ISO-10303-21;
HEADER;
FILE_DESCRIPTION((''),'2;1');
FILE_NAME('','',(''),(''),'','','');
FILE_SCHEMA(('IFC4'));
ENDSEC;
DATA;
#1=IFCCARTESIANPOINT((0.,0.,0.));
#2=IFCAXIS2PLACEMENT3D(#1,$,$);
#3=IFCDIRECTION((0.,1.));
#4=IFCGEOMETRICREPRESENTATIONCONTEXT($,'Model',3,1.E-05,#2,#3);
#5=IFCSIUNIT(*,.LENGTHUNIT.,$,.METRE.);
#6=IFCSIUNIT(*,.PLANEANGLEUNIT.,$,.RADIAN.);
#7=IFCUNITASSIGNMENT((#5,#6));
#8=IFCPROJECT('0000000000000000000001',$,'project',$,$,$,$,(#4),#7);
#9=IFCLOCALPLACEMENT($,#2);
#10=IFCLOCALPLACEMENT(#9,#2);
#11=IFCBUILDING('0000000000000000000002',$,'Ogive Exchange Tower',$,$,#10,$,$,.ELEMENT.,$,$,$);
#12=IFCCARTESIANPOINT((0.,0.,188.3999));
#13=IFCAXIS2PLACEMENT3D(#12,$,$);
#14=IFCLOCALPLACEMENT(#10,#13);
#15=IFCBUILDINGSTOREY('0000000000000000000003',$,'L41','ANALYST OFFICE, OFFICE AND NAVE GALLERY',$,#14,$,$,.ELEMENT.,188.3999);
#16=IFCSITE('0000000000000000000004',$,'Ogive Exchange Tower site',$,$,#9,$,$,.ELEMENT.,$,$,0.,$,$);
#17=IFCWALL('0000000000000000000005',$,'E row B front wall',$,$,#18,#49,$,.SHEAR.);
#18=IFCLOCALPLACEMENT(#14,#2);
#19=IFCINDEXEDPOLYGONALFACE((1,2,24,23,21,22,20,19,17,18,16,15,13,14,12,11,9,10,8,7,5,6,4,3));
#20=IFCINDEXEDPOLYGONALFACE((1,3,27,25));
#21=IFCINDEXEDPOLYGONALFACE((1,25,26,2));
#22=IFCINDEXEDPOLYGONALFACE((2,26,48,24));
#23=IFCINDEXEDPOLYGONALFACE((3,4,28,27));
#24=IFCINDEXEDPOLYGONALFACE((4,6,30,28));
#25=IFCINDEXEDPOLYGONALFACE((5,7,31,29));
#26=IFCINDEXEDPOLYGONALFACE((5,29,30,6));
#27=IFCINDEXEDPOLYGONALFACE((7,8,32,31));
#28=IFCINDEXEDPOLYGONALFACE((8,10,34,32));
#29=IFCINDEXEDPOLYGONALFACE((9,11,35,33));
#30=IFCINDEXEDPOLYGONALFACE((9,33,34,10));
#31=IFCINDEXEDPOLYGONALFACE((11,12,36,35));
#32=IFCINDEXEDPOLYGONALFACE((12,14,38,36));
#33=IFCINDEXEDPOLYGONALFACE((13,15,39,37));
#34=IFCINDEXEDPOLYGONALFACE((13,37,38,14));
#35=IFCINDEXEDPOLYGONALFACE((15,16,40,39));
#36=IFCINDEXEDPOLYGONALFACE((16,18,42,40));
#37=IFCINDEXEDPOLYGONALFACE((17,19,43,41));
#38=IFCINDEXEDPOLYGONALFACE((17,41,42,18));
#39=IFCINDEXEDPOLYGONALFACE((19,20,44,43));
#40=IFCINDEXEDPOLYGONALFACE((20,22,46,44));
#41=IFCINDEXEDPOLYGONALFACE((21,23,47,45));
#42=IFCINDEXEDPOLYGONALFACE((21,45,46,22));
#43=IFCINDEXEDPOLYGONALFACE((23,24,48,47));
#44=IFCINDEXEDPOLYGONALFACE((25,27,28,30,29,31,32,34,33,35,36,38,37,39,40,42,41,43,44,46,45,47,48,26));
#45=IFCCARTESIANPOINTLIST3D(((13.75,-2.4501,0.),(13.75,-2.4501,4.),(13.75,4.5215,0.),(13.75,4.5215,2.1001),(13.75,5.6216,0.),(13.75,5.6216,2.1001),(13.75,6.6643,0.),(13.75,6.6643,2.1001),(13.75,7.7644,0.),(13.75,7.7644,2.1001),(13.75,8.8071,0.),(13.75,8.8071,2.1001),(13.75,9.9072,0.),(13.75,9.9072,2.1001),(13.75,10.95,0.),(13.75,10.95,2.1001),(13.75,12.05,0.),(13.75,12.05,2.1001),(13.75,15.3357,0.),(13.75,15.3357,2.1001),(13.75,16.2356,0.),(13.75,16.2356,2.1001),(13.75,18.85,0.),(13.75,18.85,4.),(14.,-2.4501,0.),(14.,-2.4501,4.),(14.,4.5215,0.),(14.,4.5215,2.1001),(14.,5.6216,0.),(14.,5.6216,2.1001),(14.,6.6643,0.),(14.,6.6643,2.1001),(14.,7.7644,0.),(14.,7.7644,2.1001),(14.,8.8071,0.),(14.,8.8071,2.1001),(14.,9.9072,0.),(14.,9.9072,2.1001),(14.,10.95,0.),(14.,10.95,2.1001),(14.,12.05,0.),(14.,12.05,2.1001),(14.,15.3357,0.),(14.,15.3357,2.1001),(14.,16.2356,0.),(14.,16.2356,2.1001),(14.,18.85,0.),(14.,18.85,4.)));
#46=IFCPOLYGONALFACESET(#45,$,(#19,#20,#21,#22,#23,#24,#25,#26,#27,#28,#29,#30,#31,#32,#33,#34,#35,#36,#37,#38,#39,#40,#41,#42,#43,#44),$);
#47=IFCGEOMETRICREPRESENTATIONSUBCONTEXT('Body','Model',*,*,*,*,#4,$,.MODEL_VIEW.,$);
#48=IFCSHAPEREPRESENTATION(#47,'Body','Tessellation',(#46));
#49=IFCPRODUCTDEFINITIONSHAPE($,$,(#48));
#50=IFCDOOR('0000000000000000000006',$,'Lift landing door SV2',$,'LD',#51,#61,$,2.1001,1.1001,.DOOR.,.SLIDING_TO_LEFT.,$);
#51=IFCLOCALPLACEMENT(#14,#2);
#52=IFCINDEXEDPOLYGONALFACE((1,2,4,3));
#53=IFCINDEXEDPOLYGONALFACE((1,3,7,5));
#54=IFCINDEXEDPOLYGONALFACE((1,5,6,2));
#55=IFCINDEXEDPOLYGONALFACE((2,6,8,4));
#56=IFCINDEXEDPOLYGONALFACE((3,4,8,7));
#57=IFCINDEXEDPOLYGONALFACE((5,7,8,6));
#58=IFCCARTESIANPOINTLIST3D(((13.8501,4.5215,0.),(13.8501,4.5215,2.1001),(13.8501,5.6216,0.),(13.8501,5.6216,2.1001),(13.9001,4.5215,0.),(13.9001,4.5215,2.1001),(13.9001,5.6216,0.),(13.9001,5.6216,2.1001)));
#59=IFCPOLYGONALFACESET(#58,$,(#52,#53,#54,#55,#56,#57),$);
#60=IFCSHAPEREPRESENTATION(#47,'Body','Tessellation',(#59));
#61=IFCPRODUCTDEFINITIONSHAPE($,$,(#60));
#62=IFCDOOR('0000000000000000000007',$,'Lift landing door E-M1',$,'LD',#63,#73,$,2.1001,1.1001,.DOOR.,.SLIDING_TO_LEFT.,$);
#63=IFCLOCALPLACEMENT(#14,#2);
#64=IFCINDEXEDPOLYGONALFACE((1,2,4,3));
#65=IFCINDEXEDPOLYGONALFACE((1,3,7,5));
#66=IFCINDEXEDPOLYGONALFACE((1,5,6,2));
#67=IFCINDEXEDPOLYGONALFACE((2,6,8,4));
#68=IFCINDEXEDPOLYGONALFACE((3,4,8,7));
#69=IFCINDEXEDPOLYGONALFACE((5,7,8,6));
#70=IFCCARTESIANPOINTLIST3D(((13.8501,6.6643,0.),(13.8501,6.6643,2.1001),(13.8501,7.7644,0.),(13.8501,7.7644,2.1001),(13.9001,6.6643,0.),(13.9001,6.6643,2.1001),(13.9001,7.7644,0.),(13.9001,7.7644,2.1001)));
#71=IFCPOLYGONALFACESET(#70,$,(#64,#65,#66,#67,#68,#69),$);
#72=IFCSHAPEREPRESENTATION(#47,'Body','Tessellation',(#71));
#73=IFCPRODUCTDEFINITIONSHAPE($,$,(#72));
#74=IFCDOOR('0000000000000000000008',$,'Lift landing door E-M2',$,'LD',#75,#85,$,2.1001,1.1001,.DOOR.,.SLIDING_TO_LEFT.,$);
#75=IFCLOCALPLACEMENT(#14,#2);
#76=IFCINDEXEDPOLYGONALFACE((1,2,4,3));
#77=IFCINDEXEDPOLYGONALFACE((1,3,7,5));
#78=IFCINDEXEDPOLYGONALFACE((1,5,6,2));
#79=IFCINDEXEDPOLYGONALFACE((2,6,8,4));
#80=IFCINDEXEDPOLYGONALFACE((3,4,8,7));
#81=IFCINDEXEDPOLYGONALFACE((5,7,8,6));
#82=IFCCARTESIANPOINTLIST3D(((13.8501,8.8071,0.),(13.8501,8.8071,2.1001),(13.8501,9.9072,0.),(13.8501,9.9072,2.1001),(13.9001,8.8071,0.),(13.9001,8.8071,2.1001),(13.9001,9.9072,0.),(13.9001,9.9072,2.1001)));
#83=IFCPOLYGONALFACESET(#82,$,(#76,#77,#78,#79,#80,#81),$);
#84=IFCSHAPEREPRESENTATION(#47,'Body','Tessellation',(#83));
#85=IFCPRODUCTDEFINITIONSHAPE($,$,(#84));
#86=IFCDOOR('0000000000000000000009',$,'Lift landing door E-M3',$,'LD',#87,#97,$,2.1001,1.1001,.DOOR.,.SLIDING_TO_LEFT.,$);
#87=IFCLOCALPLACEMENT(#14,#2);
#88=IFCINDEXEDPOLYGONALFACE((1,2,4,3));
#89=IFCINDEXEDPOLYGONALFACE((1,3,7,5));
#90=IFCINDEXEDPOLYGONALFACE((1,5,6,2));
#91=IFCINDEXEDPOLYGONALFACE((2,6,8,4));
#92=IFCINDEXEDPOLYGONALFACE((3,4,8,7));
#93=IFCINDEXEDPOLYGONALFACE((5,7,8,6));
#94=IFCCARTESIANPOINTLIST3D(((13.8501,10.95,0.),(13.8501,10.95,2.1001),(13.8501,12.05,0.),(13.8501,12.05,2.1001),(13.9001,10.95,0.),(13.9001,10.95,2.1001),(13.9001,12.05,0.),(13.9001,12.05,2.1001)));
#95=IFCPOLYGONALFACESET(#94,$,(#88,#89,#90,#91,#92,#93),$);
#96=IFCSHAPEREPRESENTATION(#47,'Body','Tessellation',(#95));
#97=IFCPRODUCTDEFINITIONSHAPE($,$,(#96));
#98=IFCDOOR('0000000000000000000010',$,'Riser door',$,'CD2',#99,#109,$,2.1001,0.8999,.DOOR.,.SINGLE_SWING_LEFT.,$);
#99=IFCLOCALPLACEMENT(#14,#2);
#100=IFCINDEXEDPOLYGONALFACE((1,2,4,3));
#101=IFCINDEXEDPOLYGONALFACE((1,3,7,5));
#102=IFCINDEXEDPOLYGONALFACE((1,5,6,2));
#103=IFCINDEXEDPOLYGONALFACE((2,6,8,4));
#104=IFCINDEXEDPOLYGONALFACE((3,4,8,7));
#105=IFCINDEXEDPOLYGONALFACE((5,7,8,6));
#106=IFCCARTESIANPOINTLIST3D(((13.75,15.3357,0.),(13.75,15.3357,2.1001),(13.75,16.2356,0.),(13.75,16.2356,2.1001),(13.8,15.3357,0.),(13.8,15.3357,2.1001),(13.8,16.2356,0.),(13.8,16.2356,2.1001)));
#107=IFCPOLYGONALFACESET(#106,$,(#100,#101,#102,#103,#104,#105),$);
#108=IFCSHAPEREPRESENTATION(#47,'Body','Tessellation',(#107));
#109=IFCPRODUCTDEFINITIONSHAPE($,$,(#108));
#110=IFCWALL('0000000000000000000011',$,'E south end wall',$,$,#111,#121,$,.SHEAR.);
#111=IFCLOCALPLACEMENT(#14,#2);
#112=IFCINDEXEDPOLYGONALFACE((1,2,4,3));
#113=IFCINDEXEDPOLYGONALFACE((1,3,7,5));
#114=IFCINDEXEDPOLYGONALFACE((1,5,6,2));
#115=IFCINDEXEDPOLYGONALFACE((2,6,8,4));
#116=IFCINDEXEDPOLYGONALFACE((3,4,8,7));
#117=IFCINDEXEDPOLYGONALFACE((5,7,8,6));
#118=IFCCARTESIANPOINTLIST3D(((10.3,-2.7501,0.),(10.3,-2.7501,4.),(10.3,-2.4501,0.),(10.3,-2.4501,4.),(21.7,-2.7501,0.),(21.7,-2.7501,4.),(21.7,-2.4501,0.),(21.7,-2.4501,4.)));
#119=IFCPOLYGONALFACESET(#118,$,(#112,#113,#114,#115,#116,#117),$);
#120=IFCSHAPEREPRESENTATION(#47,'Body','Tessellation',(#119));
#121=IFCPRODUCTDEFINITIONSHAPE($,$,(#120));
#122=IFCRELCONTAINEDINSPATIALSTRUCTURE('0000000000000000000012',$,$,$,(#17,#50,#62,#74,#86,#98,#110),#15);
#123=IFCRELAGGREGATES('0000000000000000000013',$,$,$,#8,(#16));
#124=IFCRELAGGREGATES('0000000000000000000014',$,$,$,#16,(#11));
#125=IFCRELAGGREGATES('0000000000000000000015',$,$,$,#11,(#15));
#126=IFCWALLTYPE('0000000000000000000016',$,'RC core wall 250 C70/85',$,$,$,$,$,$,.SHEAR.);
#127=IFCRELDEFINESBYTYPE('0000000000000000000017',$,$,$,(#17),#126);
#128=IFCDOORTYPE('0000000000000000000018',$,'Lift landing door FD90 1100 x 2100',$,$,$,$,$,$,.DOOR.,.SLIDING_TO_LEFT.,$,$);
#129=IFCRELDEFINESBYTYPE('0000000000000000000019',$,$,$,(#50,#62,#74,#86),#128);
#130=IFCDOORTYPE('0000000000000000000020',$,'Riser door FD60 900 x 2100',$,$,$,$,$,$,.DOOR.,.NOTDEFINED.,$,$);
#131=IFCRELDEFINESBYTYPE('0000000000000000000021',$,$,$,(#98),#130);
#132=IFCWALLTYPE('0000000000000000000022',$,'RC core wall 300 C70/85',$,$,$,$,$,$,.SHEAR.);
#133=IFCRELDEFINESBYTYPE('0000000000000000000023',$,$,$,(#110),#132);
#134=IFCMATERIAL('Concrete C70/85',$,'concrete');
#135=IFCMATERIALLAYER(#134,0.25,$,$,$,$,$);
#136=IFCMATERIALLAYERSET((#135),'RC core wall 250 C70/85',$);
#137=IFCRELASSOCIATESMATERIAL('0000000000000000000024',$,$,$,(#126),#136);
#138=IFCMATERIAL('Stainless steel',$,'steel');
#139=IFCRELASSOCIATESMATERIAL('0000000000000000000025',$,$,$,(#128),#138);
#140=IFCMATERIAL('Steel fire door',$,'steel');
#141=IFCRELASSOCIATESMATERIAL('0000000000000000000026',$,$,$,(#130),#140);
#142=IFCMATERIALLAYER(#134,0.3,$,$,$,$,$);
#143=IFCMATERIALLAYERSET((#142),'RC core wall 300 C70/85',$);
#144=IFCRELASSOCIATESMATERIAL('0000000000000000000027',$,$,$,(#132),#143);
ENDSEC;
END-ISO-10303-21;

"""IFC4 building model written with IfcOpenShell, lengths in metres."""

from ifc_helpers import new_model, si_unit, direction, frame, frame_2d, origin, place, context, subcontext, project, spatial, rectangle, extrude, material, layer, layer_set, type_object, element, fill, save


model = new_model("IFC4")

# Units and contexts
model_context = context("Model", 3, precision=1e-05, world=origin(), true_north=direction((0.0, 1.0)))
body_context = subcontext(model_context, "Body", "Model", "MODEL_VIEW")
ifc_project = project(units=[si_unit("LENGTHUNIT", "METRE"), si_unit("PLANEANGLEUNIT", "RADIAN")], contexts=[model_context])

# Site, building, storey
site_placement = place(None, origin())
site = spatial("IfcSite", under=ifc_project, at=site_placement, Name="Ogive Exchange Tower site", CompositionType="ELEMENT", RefElevation=0.0)
building_placement = place(site_placement, origin())
building = spatial("IfcBuilding", under=site, at=building_placement, Name="Ogive Exchange Tower", CompositionType="ELEMENT")
storey_placement = place(building_placement, frame((0.0, 0.0, 188.3999)))
storey = spatial("IfcBuildingStorey", under=building, at=storey_placement, Name="L41", Description="ANALYST OFFICE, OFFICE AND NAVE GALLERY", CompositionType="ELEMENT", Elevation=188.3999)

# Shared definitions
ifc_material_1 = material(Name="Concrete C70/85", Category="concrete")
ifc_layer_1 = layer(ifc_material_1, 0.25)
ifc_layer_set_1 = layer_set([ifc_layer_1], Name="RC core wall 250 C70/85")
wall_type_1 = type_object("IfcWallType", Name="RC core wall 250 C70/85", PredefinedType="SHEAR", material=ifc_layer_set_1)
ifc_material_2 = material(Name="Steel fire door", Category="steel")

# Wall, openings, doors
wall_1_placement = place(storey_placement, frame((13.875, -2.45, 0.0), z_axis=(0.0, 0.0, 1.0), x_axis=(0.0, 1.0, 0.0)))
wall_1 = element("IfcWall", 1, at=wall_1_placement, inside=storey, type_object=wall_type_1, Name="E row B front wall", PredefinedType="SHEAR", context=body_context, shape_type="SweptSolid", body=[
    extrude(rectangle(XDim=21.3, YDim=0.25, at=frame_2d((10.6499, 0.0))), origin(), (0.0, 0.0, 1.0), 4.0),
])
opening_1_placement = place(wall_1_placement, frame((17.7856, 0.0, 0.0)))
opening_1 = element("IfcOpeningElement", 2, at=opening_1_placement, cuts=wall_1, PredefinedType="OPENING", context=body_context, shape_type="SweptSolid", body=[
    extrude(rectangle(XDim=0.8999, YDim=2.1001, at=frame_2d((0.45, 1.05))), frame((0.0, 0.135, 0.0), z_axis=(0.0, -1.0, 0.0), x_axis=(1.0, 0.0, 0.0)), (0.0, 0.0, 1.0), 0.27),
])
opening_2_placement = place(wall_1_placement, frame((6.9714, 0.0, 0.0)))
opening_2 = element("IfcOpeningElement", 3, at=opening_2_placement, cuts=wall_1, PredefinedType="OPENING", context=body_context, shape_type="SweptSolid", body=[
    extrude(rectangle(XDim=1.1001, YDim=2.1001, at=frame_2d((0.55, 1.05))), frame((0.0, 0.135, 0.0), z_axis=(0.0, -1.0, 0.0), x_axis=(1.0, 0.0, 0.0)), (0.0, 0.0, 1.0), 0.27),
])
opening_3_placement = place(wall_1_placement, frame((9.1143, 0.0, 0.0)))
opening_3 = element("IfcOpeningElement", 4, at=opening_3_placement, cuts=wall_1, PredefinedType="OPENING", context=body_context, shape_type="SweptSolid", body=[
    extrude(rectangle(XDim=1.1001, YDim=2.1001, at=frame_2d((0.55, 1.05))), frame((0.0, 0.135, 0.0), z_axis=(0.0, -1.0, 0.0), x_axis=(1.0, 0.0, 0.0)), (0.0, 0.0, 1.0), 0.27),
])
opening_4_placement = place(wall_1_placement, frame((11.2571, 0.0, 0.0)))
opening_4 = element("IfcOpeningElement", 5, at=opening_4_placement, cuts=wall_1, PredefinedType="OPENING", context=body_context, shape_type="SweptSolid", body=[
    extrude(rectangle(XDim=1.1001, YDim=2.1001, at=frame_2d((0.55, 1.05))), frame((0.0, 0.135, 0.0), z_axis=(0.0, -1.0, 0.0), x_axis=(1.0, 0.0, 0.0)), (0.0, 0.0, 1.0), 0.27),
])
opening_5_placement = place(wall_1_placement, frame((13.3999, 0.0, 0.0)))
opening_5 = element("IfcOpeningElement", 6, at=opening_5_placement, cuts=wall_1, PredefinedType="OPENING", context=body_context, shape_type="SweptSolid", body=[
    extrude(rectangle(XDim=1.1001, YDim=2.1001, at=frame_2d((0.55, 1.05))), frame((0.0, 0.135, 0.0), z_axis=(0.0, -1.0, 0.0), x_axis=(1.0, 0.0, 0.0)), (0.0, 0.0, 1.0), 0.27),
])
ifc_material_3 = material(Name="Stainless steel", Category="steel")
door_type_1 = type_object("IfcDoorType", Name="Lift landing door FD90 1100 x 2100", OperationType="SLIDING_TO_LEFT", PredefinedType="DOOR", material=ifc_material_3)
door_1_placement = place(opening_2_placement, origin())
door_1 = element("IfcDoor", 7, at=door_1_placement, inside=storey, type_object=door_type_1, Name="Lift landing door SV2", ObjectType="LD", OperationType="SLIDING_TO_LEFT", OverallHeight=2.1001, OverallWidth=1.1001, PredefinedType="DOOR", context=body_context, shape_type="SweptSolid", body=[
    extrude(rectangle(XDim=1.1001, YDim=2.1001, at=frame_2d((0.55, 1.05))), frame((0.0, 0.0249, 0.0), z_axis=(0.0, -1.0, 0.0), x_axis=(1.0, 0.0, 0.0)), (0.0, 0.0, 1.0), 0.05),
])
fill(opening_2, door_1)
door_2_placement = place(opening_3_placement, origin())
door_2 = element("IfcDoor", 8, at=door_2_placement, inside=storey, type_object=door_type_1, Name="Lift landing door E-M1", ObjectType="LD", OperationType="SLIDING_TO_LEFT", OverallHeight=2.1001, OverallWidth=1.1001, PredefinedType="DOOR", context=body_context, shape_type="SweptSolid", body=[
    extrude(rectangle(XDim=1.1001, YDim=2.1001, at=frame_2d((0.55, 1.05))), frame((0.0, 0.0249, 0.0), z_axis=(0.0, -1.0, 0.0), x_axis=(1.0, 0.0, 0.0)), (0.0, 0.0, 1.0), 0.05),
])
fill(opening_3, door_2)
door_3_placement = place(opening_4_placement, origin())
door_3 = element("IfcDoor", 9, at=door_3_placement, inside=storey, type_object=door_type_1, Name="Lift landing door E-M2", ObjectType="LD", OperationType="SLIDING_TO_LEFT", OverallHeight=2.1001, OverallWidth=1.1001, PredefinedType="DOOR", context=body_context, shape_type="SweptSolid", body=[
    extrude(rectangle(XDim=1.1001, YDim=2.1001, at=frame_2d((0.55, 1.05))), frame((0.0, 0.0249, 0.0), z_axis=(0.0, -1.0, 0.0), x_axis=(1.0, 0.0, 0.0)), (0.0, 0.0, 1.0), 0.05),
])
fill(opening_4, door_3)
door_4_placement = place(opening_5_placement, origin())
door_4 = element("IfcDoor", 10, at=door_4_placement, inside=storey, type_object=door_type_1, Name="Lift landing door E-M3", ObjectType="LD", OperationType="SLIDING_TO_LEFT", OverallHeight=2.1001, OverallWidth=1.1001, PredefinedType="DOOR", context=body_context, shape_type="SweptSolid", body=[
    extrude(rectangle(XDim=1.1001, YDim=2.1001, at=frame_2d((0.55, 1.05))), frame((0.0, 0.0249, 0.0), z_axis=(0.0, -1.0, 0.0), x_axis=(1.0, 0.0, 0.0)), (0.0, 0.0, 1.0), 0.05),
])
fill(opening_5, door_4)
door_type_2 = type_object("IfcDoorType", Name="Riser door FD60 900 x 2100", OperationType="NOTDEFINED", PredefinedType="DOOR", material=ifc_material_2)
door_5_placement = place(opening_1_placement, origin())
door_5 = element("IfcDoor", 11, at=door_5_placement, inside=storey, type_object=door_type_2, Name="Riser door", ObjectType="CD2", OperationType="SINGLE_SWING_LEFT", OverallHeight=2.1001, OverallWidth=0.8999, PredefinedType="DOOR", context=body_context, shape_type="SweptSolid", body=[
    extrude(rectangle(XDim=0.8999, YDim=2.1001, at=frame_2d((0.45, 1.05))), frame((0.0, 0.125, 0.0), z_axis=(0.0, -1.0, 0.0), x_axis=(1.0, 0.0, 0.0)), (0.0, 0.0, 1.0), 0.05),
])
fill(opening_1, door_5)

# Wall
ifc_layer_2 = layer(ifc_material_1, 0.3)
ifc_layer_set_2 = layer_set([ifc_layer_2], Name="RC core wall 300 C70/85")
wall_type_2 = type_object("IfcWallType", Name="RC core wall 300 C70/85", PredefinedType="SHEAR", material=ifc_layer_set_2)
wall_2_placement = place(storey_placement, frame((10.3, -2.6001, 0.0), z_axis=(0.0, 0.0, 1.0), x_axis=(1.0, 0.0, 0.0)))
element("IfcWall", 12, at=wall_2_placement, inside=storey, type_object=wall_type_2, Name="E south end wall", PredefinedType="SHEAR", context=body_context, shape_type="SweptSolid", body=[
    extrude(rectangle(XDim=11.3999, YDim=0.3, at=frame_2d((5.7, 0.0))), origin(), (0.0, 0.0, 1.0), 4.0),
])

save(model, "model.ifc")
